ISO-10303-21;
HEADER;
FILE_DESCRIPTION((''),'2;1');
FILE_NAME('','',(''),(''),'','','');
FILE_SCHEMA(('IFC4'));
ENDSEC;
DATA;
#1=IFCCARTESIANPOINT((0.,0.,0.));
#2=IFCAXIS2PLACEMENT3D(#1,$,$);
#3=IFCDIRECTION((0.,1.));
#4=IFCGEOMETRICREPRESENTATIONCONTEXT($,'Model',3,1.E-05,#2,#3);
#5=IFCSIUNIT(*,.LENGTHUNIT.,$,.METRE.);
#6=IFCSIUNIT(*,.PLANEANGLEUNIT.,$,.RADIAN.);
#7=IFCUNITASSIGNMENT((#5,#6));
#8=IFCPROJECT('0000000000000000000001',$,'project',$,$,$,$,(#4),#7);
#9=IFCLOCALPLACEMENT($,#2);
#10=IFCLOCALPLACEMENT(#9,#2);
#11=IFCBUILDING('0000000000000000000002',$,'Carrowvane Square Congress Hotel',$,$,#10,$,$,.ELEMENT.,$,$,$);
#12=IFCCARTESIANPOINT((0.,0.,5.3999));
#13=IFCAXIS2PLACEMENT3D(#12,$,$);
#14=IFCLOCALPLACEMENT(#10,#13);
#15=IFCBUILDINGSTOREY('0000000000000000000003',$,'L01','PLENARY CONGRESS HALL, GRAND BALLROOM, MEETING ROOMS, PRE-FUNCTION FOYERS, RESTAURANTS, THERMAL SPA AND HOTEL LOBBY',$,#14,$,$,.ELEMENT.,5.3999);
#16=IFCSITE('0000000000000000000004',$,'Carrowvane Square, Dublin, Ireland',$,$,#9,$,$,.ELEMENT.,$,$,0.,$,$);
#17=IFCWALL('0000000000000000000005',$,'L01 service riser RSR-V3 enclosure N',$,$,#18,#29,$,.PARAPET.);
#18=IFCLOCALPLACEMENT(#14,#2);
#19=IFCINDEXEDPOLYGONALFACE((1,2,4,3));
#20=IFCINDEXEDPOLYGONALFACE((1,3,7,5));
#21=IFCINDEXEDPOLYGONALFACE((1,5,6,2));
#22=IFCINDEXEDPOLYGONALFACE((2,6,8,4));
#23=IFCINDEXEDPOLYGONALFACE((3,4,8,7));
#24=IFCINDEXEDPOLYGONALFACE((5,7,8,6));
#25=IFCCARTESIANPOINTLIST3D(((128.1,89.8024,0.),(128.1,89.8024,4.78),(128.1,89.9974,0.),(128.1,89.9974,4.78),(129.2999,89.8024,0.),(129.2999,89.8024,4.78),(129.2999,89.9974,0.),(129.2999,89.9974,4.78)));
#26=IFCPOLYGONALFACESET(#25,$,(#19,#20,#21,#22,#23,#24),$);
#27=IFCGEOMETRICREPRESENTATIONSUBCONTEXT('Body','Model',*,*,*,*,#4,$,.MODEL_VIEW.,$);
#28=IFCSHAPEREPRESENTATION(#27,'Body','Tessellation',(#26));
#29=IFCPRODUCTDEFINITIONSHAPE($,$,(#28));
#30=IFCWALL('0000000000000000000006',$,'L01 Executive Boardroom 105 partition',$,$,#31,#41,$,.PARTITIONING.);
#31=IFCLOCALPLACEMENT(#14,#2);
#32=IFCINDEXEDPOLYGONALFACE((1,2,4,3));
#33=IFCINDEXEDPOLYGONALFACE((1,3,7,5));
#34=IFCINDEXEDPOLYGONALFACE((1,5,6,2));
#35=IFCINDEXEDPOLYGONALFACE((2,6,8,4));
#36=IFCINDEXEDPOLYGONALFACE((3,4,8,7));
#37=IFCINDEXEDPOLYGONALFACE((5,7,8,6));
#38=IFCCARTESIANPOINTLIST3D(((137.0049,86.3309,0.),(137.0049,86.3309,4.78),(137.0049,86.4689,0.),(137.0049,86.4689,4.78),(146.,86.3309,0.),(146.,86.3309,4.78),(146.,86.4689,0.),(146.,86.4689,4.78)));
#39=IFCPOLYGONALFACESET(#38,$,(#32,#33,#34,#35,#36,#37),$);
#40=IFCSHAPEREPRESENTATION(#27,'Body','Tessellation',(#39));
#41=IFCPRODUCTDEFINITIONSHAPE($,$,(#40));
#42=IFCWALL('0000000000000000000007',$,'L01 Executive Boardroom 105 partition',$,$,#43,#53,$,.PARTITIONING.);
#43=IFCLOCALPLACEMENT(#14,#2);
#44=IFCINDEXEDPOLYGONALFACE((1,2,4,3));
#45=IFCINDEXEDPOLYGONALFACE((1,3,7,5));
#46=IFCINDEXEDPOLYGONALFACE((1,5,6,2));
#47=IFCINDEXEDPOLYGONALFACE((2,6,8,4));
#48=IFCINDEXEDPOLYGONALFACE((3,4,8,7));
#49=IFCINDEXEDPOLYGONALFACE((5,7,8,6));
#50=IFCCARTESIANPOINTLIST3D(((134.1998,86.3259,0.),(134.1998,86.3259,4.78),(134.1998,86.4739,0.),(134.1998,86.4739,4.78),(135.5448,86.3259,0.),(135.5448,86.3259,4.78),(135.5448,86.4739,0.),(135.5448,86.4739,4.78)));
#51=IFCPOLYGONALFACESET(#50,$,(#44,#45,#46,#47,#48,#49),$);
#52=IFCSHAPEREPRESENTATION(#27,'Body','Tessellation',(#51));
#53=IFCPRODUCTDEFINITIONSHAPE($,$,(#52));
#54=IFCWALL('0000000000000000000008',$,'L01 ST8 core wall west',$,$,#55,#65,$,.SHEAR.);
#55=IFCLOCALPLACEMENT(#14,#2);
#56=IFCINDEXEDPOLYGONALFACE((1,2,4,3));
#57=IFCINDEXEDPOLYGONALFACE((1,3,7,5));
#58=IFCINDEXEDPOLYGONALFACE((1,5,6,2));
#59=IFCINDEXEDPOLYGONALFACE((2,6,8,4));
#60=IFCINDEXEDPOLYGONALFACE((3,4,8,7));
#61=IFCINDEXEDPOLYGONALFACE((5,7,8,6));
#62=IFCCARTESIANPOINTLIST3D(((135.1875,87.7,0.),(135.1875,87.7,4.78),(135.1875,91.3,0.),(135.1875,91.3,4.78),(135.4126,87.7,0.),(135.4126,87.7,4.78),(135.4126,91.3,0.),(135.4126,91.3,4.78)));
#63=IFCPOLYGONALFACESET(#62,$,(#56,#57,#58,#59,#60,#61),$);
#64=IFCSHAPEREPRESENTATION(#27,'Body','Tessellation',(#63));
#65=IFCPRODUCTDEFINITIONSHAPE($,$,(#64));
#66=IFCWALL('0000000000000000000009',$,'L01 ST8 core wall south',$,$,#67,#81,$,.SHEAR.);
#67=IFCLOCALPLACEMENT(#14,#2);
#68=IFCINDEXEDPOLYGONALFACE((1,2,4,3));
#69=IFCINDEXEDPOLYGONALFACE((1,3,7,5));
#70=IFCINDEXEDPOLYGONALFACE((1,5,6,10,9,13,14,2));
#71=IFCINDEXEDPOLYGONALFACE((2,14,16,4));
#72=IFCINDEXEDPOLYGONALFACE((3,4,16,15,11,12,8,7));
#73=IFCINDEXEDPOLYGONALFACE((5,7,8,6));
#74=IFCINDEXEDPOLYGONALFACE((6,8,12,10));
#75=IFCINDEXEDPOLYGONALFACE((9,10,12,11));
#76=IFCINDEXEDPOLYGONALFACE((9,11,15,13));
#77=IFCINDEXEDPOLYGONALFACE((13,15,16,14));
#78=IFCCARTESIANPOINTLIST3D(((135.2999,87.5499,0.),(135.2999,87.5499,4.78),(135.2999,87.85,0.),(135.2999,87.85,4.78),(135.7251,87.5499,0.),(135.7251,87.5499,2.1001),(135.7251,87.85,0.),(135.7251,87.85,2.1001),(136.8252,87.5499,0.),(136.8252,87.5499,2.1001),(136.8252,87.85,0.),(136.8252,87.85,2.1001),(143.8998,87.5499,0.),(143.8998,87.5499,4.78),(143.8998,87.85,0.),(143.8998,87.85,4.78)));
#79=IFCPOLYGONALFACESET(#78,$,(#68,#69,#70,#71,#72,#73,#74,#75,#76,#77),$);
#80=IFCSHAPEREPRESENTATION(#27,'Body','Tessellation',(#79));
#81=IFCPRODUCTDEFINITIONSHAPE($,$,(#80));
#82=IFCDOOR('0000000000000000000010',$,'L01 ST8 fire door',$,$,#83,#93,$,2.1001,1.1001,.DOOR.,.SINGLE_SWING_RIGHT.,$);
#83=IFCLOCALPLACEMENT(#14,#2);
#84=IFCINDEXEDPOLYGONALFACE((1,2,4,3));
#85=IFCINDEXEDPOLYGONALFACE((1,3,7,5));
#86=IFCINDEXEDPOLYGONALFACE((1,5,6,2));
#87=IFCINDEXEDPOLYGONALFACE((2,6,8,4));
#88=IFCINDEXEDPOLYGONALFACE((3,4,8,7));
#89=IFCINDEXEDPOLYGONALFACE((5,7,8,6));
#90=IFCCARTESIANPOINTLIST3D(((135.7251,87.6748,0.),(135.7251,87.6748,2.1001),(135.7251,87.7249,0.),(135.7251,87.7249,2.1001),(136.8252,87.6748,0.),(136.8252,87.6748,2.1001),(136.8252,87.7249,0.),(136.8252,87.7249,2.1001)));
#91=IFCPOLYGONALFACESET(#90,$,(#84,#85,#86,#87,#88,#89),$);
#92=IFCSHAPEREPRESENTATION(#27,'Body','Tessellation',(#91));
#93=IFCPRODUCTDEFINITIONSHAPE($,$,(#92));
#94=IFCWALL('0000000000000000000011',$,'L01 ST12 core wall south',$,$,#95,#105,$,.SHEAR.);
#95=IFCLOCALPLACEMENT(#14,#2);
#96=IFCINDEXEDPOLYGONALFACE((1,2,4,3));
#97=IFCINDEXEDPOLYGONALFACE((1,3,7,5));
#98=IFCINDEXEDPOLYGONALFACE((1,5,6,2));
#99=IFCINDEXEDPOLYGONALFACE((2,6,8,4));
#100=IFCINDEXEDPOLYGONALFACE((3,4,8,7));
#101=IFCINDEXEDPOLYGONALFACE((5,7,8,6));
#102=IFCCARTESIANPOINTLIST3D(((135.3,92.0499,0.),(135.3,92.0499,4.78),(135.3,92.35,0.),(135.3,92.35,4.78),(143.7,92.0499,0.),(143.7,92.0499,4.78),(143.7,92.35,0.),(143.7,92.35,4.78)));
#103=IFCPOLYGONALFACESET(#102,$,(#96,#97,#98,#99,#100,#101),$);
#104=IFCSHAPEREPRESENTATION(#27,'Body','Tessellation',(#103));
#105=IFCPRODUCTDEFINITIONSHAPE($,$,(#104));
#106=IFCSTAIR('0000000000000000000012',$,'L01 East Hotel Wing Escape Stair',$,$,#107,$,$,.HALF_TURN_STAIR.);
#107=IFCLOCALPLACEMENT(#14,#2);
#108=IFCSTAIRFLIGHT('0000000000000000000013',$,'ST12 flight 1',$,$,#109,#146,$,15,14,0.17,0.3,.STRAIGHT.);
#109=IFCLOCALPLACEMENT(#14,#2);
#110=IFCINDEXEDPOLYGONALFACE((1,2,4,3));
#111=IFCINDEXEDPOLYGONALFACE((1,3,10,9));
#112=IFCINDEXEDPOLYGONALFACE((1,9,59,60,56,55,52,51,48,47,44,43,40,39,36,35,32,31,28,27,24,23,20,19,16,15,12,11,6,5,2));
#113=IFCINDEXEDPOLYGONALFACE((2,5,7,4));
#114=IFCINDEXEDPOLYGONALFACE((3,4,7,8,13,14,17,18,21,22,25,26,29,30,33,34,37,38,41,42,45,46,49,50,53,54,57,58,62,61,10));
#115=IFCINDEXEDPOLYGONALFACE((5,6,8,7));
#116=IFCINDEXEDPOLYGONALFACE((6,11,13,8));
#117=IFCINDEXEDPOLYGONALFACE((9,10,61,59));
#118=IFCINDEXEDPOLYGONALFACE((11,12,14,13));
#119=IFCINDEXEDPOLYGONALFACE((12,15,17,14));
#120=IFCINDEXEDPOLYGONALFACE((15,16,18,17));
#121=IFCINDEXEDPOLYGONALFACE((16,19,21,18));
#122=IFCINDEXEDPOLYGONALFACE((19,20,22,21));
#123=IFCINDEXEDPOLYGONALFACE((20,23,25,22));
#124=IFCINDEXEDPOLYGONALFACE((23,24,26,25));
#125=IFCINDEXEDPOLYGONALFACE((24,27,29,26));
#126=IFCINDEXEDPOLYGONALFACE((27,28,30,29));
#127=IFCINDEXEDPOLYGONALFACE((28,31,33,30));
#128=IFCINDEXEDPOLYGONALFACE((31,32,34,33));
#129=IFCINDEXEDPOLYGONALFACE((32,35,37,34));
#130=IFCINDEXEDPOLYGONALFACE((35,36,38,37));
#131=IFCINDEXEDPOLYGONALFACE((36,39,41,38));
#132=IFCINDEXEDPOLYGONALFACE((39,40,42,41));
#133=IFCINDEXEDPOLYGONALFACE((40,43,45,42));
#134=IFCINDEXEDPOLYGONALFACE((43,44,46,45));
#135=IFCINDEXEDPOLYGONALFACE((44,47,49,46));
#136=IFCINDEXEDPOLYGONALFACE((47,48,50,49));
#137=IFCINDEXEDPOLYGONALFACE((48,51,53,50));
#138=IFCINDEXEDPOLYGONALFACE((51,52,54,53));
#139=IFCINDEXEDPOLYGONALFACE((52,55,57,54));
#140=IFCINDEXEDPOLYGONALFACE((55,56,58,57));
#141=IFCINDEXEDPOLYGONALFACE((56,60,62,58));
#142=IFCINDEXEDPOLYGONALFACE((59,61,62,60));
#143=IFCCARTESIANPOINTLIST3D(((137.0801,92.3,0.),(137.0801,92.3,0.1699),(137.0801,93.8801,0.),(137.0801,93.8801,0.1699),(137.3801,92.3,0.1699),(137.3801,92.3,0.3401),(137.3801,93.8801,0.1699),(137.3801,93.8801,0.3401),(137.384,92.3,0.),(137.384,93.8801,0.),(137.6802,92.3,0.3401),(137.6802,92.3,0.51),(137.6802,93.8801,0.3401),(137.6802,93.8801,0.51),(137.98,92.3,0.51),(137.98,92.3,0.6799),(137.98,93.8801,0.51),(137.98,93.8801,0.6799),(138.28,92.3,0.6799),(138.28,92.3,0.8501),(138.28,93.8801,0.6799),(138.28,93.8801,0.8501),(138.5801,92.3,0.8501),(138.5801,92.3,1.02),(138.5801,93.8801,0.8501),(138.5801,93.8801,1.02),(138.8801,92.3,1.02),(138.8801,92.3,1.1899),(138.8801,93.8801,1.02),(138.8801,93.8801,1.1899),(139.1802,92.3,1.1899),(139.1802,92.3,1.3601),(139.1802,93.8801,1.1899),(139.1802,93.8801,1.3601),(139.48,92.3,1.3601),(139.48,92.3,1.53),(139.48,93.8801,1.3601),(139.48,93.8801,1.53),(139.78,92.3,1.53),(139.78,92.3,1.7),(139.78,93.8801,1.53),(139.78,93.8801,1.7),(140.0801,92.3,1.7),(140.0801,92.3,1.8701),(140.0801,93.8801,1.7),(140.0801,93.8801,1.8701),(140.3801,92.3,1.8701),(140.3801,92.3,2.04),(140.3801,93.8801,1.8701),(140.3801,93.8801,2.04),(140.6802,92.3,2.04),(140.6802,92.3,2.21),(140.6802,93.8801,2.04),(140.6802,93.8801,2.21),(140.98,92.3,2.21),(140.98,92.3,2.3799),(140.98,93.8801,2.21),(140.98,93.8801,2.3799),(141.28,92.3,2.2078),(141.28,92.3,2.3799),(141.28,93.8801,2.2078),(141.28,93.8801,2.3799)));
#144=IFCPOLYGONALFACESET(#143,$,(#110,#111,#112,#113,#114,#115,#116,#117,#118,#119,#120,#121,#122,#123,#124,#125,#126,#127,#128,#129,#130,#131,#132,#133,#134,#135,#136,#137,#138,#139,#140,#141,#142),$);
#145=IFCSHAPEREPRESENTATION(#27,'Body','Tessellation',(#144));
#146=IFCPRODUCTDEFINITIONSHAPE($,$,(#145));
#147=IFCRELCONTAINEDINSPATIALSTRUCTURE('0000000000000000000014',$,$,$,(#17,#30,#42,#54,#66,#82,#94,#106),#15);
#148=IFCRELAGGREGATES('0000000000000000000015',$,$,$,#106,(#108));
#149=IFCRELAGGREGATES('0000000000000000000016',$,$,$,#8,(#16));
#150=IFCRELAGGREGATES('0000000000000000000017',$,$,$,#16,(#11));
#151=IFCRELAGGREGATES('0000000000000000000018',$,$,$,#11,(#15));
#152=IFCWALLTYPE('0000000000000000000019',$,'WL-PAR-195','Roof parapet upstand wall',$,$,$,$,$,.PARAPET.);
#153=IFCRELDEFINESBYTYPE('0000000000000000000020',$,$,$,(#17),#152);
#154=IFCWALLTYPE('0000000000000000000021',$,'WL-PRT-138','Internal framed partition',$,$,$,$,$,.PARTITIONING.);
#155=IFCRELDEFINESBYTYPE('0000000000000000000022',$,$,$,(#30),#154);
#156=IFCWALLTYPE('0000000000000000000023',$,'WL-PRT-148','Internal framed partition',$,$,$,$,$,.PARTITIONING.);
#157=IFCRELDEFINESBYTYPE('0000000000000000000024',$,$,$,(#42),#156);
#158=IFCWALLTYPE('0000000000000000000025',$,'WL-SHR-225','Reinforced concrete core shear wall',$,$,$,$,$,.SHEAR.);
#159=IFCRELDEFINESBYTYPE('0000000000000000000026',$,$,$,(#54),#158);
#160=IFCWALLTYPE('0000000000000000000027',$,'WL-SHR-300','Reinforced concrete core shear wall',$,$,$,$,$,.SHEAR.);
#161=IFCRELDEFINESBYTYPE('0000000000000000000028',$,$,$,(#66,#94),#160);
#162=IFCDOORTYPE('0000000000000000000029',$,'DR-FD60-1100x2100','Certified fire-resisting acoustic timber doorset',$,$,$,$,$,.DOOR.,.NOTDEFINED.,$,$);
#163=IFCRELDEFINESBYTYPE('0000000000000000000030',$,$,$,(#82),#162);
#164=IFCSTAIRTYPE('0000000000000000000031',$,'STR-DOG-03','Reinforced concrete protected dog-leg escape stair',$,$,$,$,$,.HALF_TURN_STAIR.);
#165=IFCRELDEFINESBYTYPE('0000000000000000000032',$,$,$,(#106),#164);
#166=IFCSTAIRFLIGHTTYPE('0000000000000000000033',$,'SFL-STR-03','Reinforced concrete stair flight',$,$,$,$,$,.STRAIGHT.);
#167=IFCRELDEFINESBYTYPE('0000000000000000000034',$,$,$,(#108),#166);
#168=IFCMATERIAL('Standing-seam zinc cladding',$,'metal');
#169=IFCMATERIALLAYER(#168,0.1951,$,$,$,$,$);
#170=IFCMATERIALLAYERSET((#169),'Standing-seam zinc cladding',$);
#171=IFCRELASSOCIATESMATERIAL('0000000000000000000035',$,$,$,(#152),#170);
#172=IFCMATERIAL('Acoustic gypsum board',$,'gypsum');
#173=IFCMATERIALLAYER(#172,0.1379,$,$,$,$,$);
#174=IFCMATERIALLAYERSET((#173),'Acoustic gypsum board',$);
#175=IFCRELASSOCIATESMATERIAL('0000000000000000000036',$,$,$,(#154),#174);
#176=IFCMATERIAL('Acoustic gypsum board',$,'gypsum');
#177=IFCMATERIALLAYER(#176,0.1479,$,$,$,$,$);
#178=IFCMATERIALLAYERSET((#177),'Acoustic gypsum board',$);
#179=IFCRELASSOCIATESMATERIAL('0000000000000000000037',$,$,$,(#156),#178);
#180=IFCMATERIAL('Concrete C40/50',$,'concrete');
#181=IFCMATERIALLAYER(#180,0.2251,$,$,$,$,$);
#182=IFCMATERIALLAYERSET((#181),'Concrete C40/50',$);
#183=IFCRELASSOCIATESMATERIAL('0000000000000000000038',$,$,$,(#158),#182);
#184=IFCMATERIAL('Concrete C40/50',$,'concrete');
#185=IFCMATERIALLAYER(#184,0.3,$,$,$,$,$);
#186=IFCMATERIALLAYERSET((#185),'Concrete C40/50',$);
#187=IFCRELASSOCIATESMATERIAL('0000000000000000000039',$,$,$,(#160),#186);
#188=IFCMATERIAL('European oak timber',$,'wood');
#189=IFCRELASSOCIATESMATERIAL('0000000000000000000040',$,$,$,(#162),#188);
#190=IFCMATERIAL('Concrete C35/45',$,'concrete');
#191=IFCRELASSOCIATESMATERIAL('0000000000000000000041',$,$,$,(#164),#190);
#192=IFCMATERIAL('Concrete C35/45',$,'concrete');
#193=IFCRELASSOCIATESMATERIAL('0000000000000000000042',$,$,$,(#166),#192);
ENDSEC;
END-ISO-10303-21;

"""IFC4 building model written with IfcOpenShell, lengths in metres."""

from ifc_helpers import new_model, si_unit, direction, frame, frame_2d, origin, place, context, subcontext, project, spatial, polyline, rectangle, outline, extrude, material, layer, layer_set, type_object, element, fill, aggregate, save


model = new_model("IFC4")

# Units and contexts
model_context = context("Model", 3, precision=1e-05, world=origin(), true_north=direction((0.0, 1.0)))
body_context = subcontext(model_context, "Body", "Model", "MODEL_VIEW")
ifc_project = project(units=[si_unit("LENGTHUNIT", "METRE"), si_unit("PLANEANGLEUNIT", "RADIAN")], contexts=[model_context])

# Site, building, storey
site_placement = place(None, origin())
site = spatial("IfcSite", under=ifc_project, at=site_placement, Name="Carrowvane Square, Dublin, Ireland", CompositionType="ELEMENT", RefElevation=0.0)
building_placement = place(site_placement, origin())
building = spatial("IfcBuilding", under=site, at=building_placement, Name="Carrowvane Square Congress Hotel", CompositionType="ELEMENT")
storey_placement = place(building_placement, frame((0.0, 0.0, 5.3999)))
storey = spatial("IfcBuildingStorey", under=building, at=storey_placement, Name="L01", Description="PLENARY CONGRESS HALL, GRAND BALLROOM, MEETING ROOMS, PRE-FUNCTION FOYERS, RESTAURANTS, THERMAL SPA AND HOTEL LOBBY", CompositionType="ELEMENT", Elevation=5.3999)

# Walls
ifc_material_1 = material(Name="Standing-seam zinc cladding", Category="metal")
ifc_layer_1 = layer(ifc_material_1, 0.1951)
ifc_layer_set_1 = layer_set([ifc_layer_1], Name="Standing-seam zinc cladding")
wall_type_1 = type_object("IfcWallType", Name="WL-PAR-195", Description="Roof parapet upstand wall", PredefinedType="PARAPET", material=ifc_layer_set_1)
for number, where, z_axis, x_axis, name in (
    (1, (129.3, 89.8999, 0.0), (0.0, 0.0, 1.0), (-1.0, 0.0, 0.0), "L01 service riser RSR-V3 enclosure N"),
):
    element("IfcWall", number, at=place(storey_placement, frame(where, z_axis=z_axis, x_axis=x_axis)), inside=storey, type_object=wall_type_1, Name=name, PredefinedType="PARAPET", context=body_context, shape_type="SweptSolid", body=[
        extrude(rectangle(XDim=1.2, YDim=0.1951, at=frame_2d((0.6001, 0.0))), origin(), (0.0, 0.0, 1.0), 4.78),
    ])
ifc_material_2 = material(Name="Acoustic gypsum board", Category="gypsum")
ifc_layer_2 = layer(ifc_material_2, 0.1379)
ifc_layer_set_2 = layer_set([ifc_layer_2], Name="Acoustic gypsum board")
wall_type_2 = type_object("IfcWallType", Name="WL-PRT-138", Description="Internal framed partition", PredefinedType="PARTITIONING", material=ifc_layer_set_2)
wall_1_placement = place(storey_placement, frame((137.0049, 86.3999, 0.0), z_axis=(0.0, 0.0, 1.0), x_axis=(1.0, 0.0, 0.0)))
element("IfcWall", 2, at=wall_1_placement, inside=storey, type_object=wall_type_2, Name="L01 Executive Boardroom 105 partition", PredefinedType="PARTITIONING", context=body_context, shape_type="SweptSolid", body=[
    extrude(rectangle(XDim=8.9951, YDim=0.1379, at=frame_2d((4.4976, 0.0))), origin(), (0.0, 0.0, 1.0), 4.78),
])
ifc_material_3 = material(Name="Acoustic gypsum board", Category="gypsum")
ifc_layer_3 = layer(ifc_material_3, 0.1479)
ifc_layer_set_3 = layer_set([ifc_layer_3], Name="Acoustic gypsum board")
wall_type_3 = type_object("IfcWallType", Name="WL-PRT-148", Description="Internal framed partition", PredefinedType="PARTITIONING", material=ifc_layer_set_3)
wall_2_placement = place(storey_placement, frame((134.2, 86.3999, 0.0), z_axis=(0.0, 0.0, 1.0), x_axis=(1.0, 0.0, 0.0)))
element("IfcWall", 3, at=wall_2_placement, inside=storey, type_object=wall_type_3, Name="L01 Executive Boardroom 105 partition", PredefinedType="PARTITIONING", context=body_context, shape_type="SweptSolid", body=[
    extrude(rectangle(XDim=1.345, YDim=0.1479, at=frame_2d((0.6724, 0.0))), origin(), (0.0, 0.0, 1.0), 4.78),
])
ifc_material_4 = material(Name="Concrete C40/50", Category="concrete")
ifc_layer_4 = layer(ifc_material_4, 0.2251)
ifc_layer_set_4 = layer_set([ifc_layer_4], Name="Concrete C40/50")
wall_type_4 = type_object("IfcWallType", Name="WL-SHR-225", Description="Reinforced concrete core shear wall", PredefinedType="SHEAR", material=ifc_layer_set_4)
wall_3_placement = place(storey_placement, frame((135.3, 91.3, 0.0), z_axis=(0.0, 0.0, 1.0), x_axis=(0.0, -1.0, 0.0)))
element("IfcWall", 4, at=wall_3_placement, inside=storey, type_object=wall_type_4, Name="L01 ST8 core wall west", PredefinedType="SHEAR", context=body_context, shape_type="SweptSolid", body=[
    extrude(rectangle(XDim=3.6001, YDim=0.2251, at=frame_2d((1.8, 0.0))), origin(), (0.0, 0.0, 1.0), 4.78),
])

# Wall, opening, door
ifc_material_5 = material(Name="Concrete C40/50", Category="concrete")
ifc_layer_5 = layer(ifc_material_5, 0.3)
ifc_layer_set_5 = layer_set([ifc_layer_5], Name="Concrete C40/50")
wall_type_5 = type_object("IfcWallType", Name="WL-SHR-300", Description="Reinforced concrete core shear wall", PredefinedType="SHEAR", material=ifc_layer_set_5)
wall_4_placement = place(storey_placement, frame((135.3, 87.7, 0.0), z_axis=(0.0, 0.0, 1.0), x_axis=(1.0, 0.0, 0.0)))
wall_4 = element("IfcWall", 5, at=wall_4_placement, inside=storey, type_object=wall_type_5, Name="L01 ST8 core wall south", PredefinedType="SHEAR", context=body_context, shape_type="SweptSolid", body=[
    extrude(rectangle(XDim=8.5999, YDim=0.3, at=frame_2d((4.2998, 0.0))), origin(), (0.0, 0.0, 1.0), 4.78),
])
opening_placement = place(wall_4_placement, frame((0.425, 0.0, 0.0)))
opening = element("IfcOpeningElement", 6, at=opening_placement, cuts=wall_4, PredefinedType="OPENING", context=body_context, shape_type="SweptSolid", body=[
    extrude(rectangle(XDim=1.1001, YDim=2.1001, at=frame_2d((0.55, 1.05))), frame((0.0, 0.1599, 0.0), z_axis=(0.0, -1.0, 0.0), x_axis=(1.0, 0.0, 0.0)), (0.0, 0.0, 1.0), 0.3201),
])
ifc_material_6 = material(Name="European oak timber", Category="wood")
door_type = type_object("IfcDoorType", Name="DR-FD60-1100x2100", Description="Certified fire-resisting acoustic timber doorset", OperationType="NOTDEFINED", PredefinedType="DOOR", material=ifc_material_6)
door_placement = place(opening_placement, origin())
door = element("IfcDoor", 7, at=door_placement, inside=storey, type_object=door_type, Name="L01 ST8 fire door", OperationType="SINGLE_SWING_RIGHT", OverallHeight=2.1001, OverallWidth=1.1001, PredefinedType="DOOR", context=body_context, shape_type="SweptSolid", body=[
    extrude(rectangle(XDim=1.1001, YDim=2.1001, at=frame_2d((0.55, 1.05))), frame((0.0, 0.0249, 0.0), z_axis=(0.0, -1.0, 0.0), x_axis=(1.0, 0.0, 0.0)), (0.0, 0.0, 1.0), 0.05),
])
fill(opening, door)

# Wall
wall_5_placement = place(storey_placement, frame((135.3, 92.2, 0.0), z_axis=(0.0, 0.0, 1.0), x_axis=(1.0, 0.0, 0.0)))
element("IfcWall", 8, at=wall_5_placement, inside=storey, type_object=wall_type_5, Name="L01 ST12 core wall south", PredefinedType="SHEAR", context=body_context, shape_type="SweptSolid", body=[
    extrude(rectangle(XDim=8.3999, YDim=0.3, at=frame_2d((4.2, 0.0))), origin(), (0.0, 0.0, 1.0), 4.78),
])

# Stair, stair flight
ifc_material_7 = material(Name="Concrete C35/45", Category="concrete")
stair_type = type_object("IfcStairType", Name="STR-DOG-03", Description="Reinforced concrete protected dog-leg escape stair", PredefinedType="HALF_TURN_STAIR", material=ifc_material_7)
stair_placement = place(storey_placement, origin())
stair = element("IfcStair", 9, at=stair_placement, inside=storey, type_object=stair_type, Name="L01 East Hotel Wing Escape Stair", PredefinedType="HALF_TURN_STAIR")
ifc_material_8 = material(Name="Concrete C35/45", Category="concrete")
stair_flight_type = type_object("IfcStairFlightType", Name="SFL-STR-03", Description="Reinforced concrete stair flight", PredefinedType="STRAIGHT", material=ifc_material_8)
stair_flight_placement = place(storey_placement, frame((137.0801, 93.0901, 0.0), z_axis=(0.0, 0.0, 1.0), x_axis=(1.0, 0.0, 0.0)))
stair_flight = element("IfcStairFlight", 10, at=stair_flight_placement, type_object=stair_flight_type, Name="ST12 flight 1", NumberOfRisers=15, NumberOfTreads=14, PredefinedType="STRAIGHT", RiserHeight=0.17, TreadLength=0.3, context=body_context, shape_type="SweptSolid", body=[
    extrude(outline(polyline([(0.0, 0.0), (0.0, 0.1699), (0.3, 0.1699), (0.3, 0.3401), (0.6001, 0.3401), (0.6001, 0.51), (0.8999, 0.51), (0.8999, 0.6799), (1.2, 0.6799), (1.2, 0.8501), (1.5, 0.8501), (1.5, 1.02), (1.8, 1.02), (1.8, 1.1899), (2.1001, 1.1899), (2.1001, 1.3601), (2.3999, 1.3601), (2.3999, 1.53), (2.7, 1.53), (2.7, 1.7), (3.0, 1.7), (3.0, 1.8701), (3.3, 1.8701), (3.3, 2.04), (3.6001, 2.04), (3.6001, 2.21), (3.8999, 2.21), (3.8999, 2.3799), (4.2, 2.3799), (4.2, 2.55), (4.2, 2.2078), (0.304, 0.0), (0.0, 0.0)])), frame((0.0, 0.79, 0.0), z_axis=(0.0, -1.0, 0.0), x_axis=(1.0, 0.0, 0.0)), (0.0, 0.0, 1.0), 1.5801),
])
aggregate(stair, [stair_flight])

save(model, "model.ifc")
